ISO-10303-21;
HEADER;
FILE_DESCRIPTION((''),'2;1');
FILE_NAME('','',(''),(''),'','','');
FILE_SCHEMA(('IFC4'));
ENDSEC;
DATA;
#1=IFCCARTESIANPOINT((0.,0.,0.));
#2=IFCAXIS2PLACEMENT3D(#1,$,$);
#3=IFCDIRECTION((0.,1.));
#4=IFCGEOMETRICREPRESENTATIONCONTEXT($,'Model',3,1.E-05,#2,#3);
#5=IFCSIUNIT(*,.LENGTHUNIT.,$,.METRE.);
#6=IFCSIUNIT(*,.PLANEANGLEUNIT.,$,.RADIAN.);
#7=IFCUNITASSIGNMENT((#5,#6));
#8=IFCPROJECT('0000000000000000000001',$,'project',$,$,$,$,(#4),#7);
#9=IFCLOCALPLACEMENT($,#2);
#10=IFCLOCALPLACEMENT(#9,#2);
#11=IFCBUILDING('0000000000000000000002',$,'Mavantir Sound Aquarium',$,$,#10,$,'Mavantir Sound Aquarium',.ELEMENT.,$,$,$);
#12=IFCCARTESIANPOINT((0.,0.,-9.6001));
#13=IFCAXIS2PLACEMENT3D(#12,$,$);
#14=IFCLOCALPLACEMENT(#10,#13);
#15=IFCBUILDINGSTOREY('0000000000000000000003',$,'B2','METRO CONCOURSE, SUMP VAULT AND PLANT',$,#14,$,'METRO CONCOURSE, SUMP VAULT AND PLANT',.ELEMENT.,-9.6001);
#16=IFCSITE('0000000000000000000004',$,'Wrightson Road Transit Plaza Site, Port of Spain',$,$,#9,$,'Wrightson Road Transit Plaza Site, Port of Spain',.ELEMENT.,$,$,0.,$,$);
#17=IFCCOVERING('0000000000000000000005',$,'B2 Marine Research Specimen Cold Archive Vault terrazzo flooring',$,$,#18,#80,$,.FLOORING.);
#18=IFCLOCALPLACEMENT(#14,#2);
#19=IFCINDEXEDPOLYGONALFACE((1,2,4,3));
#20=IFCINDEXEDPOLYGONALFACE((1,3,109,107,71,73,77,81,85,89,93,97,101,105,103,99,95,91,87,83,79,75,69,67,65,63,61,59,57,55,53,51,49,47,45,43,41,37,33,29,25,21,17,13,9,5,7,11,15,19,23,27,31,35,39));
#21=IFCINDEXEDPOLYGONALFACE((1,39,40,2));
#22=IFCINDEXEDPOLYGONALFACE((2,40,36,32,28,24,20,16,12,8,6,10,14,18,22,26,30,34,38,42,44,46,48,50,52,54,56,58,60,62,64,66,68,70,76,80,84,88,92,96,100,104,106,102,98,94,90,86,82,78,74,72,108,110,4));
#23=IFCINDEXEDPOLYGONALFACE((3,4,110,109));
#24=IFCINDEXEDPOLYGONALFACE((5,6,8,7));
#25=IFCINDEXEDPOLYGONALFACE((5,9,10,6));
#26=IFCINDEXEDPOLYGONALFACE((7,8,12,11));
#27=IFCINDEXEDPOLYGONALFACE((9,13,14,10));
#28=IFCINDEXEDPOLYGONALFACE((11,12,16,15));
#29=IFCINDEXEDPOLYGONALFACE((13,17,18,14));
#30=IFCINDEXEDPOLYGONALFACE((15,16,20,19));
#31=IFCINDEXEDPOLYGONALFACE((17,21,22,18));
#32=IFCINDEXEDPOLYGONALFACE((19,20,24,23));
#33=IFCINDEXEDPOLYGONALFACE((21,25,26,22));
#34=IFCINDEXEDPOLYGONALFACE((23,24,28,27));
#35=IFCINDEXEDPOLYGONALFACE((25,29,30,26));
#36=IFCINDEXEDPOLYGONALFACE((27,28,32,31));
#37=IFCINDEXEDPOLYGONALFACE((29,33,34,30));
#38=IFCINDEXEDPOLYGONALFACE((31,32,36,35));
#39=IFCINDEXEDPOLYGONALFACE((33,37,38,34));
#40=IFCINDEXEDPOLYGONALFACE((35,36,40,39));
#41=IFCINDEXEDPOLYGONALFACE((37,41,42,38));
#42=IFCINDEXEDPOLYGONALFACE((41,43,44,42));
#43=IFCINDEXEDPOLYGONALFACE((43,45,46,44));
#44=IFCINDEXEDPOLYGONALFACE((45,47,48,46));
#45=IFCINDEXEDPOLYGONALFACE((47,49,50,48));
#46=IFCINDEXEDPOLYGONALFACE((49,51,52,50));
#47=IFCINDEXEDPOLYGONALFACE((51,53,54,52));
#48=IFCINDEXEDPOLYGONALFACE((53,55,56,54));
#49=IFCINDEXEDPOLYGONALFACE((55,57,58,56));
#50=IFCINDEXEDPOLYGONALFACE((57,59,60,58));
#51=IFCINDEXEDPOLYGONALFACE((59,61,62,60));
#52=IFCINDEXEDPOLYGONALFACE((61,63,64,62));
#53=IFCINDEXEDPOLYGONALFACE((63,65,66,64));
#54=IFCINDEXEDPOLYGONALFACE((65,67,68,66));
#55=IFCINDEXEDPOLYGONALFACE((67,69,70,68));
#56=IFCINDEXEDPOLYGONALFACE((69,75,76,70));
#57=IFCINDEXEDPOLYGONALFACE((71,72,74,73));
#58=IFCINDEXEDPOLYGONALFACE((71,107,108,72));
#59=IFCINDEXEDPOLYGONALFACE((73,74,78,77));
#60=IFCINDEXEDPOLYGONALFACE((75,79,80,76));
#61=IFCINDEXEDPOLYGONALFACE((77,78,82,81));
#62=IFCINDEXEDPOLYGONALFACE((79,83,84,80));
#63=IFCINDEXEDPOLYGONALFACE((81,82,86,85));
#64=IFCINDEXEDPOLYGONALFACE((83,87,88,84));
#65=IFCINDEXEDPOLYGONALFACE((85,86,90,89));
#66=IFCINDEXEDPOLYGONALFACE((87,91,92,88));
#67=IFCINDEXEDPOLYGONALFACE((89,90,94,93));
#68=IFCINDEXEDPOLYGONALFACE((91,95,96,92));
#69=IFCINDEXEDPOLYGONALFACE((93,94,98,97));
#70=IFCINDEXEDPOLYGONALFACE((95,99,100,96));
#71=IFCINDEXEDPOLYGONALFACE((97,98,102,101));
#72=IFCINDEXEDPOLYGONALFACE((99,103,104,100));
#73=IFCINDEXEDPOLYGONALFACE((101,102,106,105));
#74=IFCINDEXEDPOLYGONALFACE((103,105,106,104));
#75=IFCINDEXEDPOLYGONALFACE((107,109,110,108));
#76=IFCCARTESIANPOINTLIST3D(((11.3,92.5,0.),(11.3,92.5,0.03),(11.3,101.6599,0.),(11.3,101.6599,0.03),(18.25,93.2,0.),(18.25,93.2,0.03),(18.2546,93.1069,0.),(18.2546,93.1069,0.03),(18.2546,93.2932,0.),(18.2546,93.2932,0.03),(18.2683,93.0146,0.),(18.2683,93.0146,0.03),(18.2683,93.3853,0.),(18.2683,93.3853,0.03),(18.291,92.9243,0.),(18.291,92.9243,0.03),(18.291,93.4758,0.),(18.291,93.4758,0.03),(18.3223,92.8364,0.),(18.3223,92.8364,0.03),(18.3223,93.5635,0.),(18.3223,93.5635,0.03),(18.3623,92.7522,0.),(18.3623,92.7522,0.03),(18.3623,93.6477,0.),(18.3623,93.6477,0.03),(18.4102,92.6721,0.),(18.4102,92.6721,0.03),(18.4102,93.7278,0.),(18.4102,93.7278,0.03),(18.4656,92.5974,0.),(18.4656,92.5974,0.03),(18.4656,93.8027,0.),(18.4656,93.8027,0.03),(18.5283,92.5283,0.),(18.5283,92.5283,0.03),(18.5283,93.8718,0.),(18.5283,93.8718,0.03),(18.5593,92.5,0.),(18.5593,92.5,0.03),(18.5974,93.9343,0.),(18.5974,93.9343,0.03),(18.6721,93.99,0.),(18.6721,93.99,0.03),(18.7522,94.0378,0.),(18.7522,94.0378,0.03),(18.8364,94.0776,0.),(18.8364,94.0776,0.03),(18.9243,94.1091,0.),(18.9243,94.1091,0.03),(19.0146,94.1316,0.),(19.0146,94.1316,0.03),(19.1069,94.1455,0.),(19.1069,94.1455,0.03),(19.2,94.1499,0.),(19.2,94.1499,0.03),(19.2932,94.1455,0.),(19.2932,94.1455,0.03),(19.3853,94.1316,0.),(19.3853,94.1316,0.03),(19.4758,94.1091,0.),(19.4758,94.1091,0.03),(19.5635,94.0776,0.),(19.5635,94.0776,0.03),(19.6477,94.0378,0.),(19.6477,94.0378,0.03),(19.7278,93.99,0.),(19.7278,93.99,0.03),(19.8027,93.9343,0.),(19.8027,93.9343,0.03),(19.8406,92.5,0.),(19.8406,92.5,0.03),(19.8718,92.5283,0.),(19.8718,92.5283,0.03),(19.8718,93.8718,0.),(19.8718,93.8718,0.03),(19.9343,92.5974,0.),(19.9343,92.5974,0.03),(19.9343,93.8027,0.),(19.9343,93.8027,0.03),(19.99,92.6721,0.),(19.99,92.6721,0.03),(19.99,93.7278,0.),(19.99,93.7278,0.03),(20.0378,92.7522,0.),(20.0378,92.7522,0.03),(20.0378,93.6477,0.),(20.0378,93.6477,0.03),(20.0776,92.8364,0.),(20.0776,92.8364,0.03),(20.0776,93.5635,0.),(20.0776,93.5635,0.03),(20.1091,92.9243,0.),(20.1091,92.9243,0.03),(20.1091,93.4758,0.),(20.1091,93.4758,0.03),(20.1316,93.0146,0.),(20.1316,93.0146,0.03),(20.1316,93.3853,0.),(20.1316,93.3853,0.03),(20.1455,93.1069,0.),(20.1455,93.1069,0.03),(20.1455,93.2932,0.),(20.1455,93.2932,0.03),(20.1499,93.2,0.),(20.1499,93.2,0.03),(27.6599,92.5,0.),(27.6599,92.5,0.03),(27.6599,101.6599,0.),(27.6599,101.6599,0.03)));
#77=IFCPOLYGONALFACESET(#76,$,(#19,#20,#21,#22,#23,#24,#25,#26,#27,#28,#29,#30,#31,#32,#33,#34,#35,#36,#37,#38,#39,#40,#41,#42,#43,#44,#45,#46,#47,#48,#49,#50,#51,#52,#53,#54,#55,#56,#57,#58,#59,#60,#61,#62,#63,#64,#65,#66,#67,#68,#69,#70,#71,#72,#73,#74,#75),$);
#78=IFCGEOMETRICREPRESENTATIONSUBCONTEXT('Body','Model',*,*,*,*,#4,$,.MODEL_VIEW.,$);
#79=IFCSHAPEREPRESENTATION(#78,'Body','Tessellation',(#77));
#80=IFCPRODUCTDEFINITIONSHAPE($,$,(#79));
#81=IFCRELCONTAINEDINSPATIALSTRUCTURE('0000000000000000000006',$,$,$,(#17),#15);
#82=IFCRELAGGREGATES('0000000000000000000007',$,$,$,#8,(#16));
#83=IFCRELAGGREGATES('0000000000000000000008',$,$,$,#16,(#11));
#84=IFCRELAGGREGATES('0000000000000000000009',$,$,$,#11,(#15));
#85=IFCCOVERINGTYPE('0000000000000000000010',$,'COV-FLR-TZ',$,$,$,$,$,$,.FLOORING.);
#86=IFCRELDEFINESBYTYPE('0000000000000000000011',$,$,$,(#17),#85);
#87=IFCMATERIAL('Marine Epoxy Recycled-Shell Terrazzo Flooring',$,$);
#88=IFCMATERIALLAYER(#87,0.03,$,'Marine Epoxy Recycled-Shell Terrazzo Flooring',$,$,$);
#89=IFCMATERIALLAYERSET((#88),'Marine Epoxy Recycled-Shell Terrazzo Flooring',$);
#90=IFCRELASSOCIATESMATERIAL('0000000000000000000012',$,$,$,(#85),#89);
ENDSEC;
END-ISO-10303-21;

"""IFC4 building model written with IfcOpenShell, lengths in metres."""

from ifc_helpers import new_model, si_unit, direction, frame, origin, place, context, subcontext, project, spatial, polyline, outline, extrude, material, layer, layer_set, type_object, element, save


model = new_model("IFC4")

# Units and contexts
model_context = context("Model", 3, precision=1e-05, world=origin(), true_north=direction((0.0, 1.0)))
body_context = subcontext(model_context, "Body", "Model", "MODEL_VIEW")
ifc_project = project(units=[si_unit("LENGTHUNIT", "METRE"), si_unit("PLANEANGLEUNIT", "RADIAN")], contexts=[model_context])

# Site, building, storey
site_placement = place(None, origin())
site = spatial("IfcSite", under=ifc_project, at=site_placement, Name="Wrightson Road Transit Plaza Site, Port of Spain", LongName="Wrightson Road Transit Plaza Site, Port of Spain", CompositionType="ELEMENT", RefElevation=0.0)
building_placement = place(site_placement, origin())
building = spatial("IfcBuilding", under=site, at=building_placement, Name="Mavantir Sound Aquarium", LongName="Mavantir Sound Aquarium", CompositionType="ELEMENT")
storey_placement = place(building_placement, frame((0.0, 0.0, -9.6001)))
storey = spatial("IfcBuildingStorey", under=building, at=storey_placement, Name="B2", Description="METRO CONCOURSE, SUMP VAULT AND PLANT", LongName="METRO CONCOURSE, SUMP VAULT AND PLANT", CompositionType="ELEMENT", Elevation=-9.6001)

# Covering
ifc_material_1 = material(Name="Marine Epoxy Recycled-Shell Terrazzo Flooring")
ifc_layer_1 = layer(ifc_material_1, 0.03, Name="Marine Epoxy Recycled-Shell Terrazzo Flooring")
ifc_layer_set_1 = layer_set([ifc_layer_1], Name="Marine Epoxy Recycled-Shell Terrazzo Flooring")
covering_type_1 = type_object("IfcCoveringType", Name="COV-FLR-TZ", PredefinedType="FLOORING", material=ifc_layer_set_1)
covering_1_placement = place(storey_placement, origin())
element("IfcCovering", 1, at=covering_1_placement, inside=storey, type_object=covering_type_1, Name="B2 Marine Research Specimen Cold Archive Vault terrazzo flooring", PredefinedType="FLOORING", context=body_context, shape_type="SweptSolid", body=[
    extrude(outline(polyline([(27.6599, 101.6599), (27.6599, 92.5), (19.8406, 92.5), (19.8718, 92.5283), (19.9343, 92.5974), (19.99, 92.6721), (20.0378, 92.7522), (20.0776, 92.8364), (20.1091, 92.9243), (20.1316, 93.0146), (20.1455, 93.1069), (20.1499, 93.2), (20.1455, 93.2932), (20.1316, 93.3853), (20.1091, 93.4758), (20.0776, 93.5635), (20.0378, 93.6477), (19.99, 93.7278), (19.9343, 93.8027), (19.8718, 93.8718), (19.8027, 93.9343), (19.7278, 93.99), (19.6477, 94.0378), (19.5635, 94.0776), (19.4758, 94.1091), (19.3853, 94.1316), (19.2932, 94.1455), (19.2, 94.1499), (19.1069, 94.1455), (19.0146, 94.1316), (18.9243, 94.1091), (18.8364, 94.0776), (18.7522, 94.0378), (18.6721, 93.99), (18.5974, 93.9343), (18.5283, 93.8718), (18.4656, 93.8027), (18.4102, 93.7278), (18.3623, 93.6477), (18.3223, 93.5635), (18.291, 93.4758), (18.2683, 93.3853), (18.2546, 93.2932), (18.25, 93.2), (18.2546, 93.1069), (18.2683, 93.0146), (18.291, 92.9243), (18.3223, 92.8364), (18.3623, 92.7522), (18.4102, 92.6721), (18.4656, 92.5974), (18.5283, 92.5283), (18.5593, 92.5), (11.3, 92.5), (11.3, 101.6599), (27.6599, 101.6599)])), origin(), (0.0, 0.0, 1.0), 0.03),
])

save(model, "model.ifc")
